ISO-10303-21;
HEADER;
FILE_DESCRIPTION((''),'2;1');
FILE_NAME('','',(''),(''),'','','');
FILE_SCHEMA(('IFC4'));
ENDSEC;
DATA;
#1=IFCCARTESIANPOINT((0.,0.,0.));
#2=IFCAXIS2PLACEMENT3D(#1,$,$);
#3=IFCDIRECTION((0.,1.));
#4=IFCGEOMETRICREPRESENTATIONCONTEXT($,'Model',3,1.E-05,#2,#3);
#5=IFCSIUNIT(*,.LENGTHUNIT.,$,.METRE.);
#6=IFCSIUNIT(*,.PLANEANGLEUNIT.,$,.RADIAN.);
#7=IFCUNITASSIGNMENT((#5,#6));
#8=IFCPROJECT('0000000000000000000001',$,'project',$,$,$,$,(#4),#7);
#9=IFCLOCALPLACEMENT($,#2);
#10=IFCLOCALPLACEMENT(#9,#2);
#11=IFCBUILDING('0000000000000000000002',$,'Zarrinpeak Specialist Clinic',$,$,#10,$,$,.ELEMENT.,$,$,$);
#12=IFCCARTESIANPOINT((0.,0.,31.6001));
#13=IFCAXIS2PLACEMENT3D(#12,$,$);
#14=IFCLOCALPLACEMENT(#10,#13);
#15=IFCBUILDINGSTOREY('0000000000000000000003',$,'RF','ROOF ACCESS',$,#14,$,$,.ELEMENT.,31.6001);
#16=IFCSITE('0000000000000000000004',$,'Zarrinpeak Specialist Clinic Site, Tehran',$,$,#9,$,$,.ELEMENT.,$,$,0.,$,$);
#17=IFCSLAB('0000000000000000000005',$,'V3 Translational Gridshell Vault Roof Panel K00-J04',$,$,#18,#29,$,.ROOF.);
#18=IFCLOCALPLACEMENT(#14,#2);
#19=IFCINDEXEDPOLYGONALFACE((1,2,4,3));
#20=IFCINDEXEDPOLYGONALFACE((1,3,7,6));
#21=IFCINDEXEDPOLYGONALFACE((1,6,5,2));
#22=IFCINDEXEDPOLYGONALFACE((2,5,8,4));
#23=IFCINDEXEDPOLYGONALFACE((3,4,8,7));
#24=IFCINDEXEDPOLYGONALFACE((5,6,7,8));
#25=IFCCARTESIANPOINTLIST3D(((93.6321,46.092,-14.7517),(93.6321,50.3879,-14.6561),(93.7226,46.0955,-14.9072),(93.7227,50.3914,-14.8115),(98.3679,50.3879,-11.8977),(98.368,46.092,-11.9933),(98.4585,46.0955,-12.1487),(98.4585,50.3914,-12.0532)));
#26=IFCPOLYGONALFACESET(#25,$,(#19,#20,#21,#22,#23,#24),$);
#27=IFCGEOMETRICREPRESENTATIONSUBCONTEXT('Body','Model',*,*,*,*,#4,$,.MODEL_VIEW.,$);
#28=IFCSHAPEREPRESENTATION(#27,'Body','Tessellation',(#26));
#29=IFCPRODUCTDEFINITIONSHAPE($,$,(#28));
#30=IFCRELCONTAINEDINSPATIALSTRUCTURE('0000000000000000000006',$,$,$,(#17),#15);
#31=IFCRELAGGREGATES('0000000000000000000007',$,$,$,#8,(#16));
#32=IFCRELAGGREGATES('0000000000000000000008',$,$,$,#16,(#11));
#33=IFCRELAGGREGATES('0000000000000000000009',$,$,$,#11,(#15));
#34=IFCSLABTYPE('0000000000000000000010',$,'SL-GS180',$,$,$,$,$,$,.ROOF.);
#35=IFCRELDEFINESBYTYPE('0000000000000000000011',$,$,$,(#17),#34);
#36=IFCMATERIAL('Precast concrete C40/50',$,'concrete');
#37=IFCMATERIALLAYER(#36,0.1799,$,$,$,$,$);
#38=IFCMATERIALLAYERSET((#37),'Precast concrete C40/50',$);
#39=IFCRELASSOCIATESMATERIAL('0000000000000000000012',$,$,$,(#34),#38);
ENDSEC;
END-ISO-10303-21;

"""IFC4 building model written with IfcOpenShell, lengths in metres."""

from ifc_helpers import new_model, si_unit, direction, frame, origin, place, context, subcontext, project, spatial, polyline, outline, extrude, material, layer, layer_set, type_object, element, save


model = new_model("IFC4")

# Units and contexts
model_context = context("Model", 3, precision=1e-05, world=origin(), true_north=direction((0.0, 1.0)))
body_context = subcontext(model_context, "Body", "Model", "MODEL_VIEW")
ifc_project = project(units=[si_unit("LENGTHUNIT", "METRE"), si_unit("PLANEANGLEUNIT", "RADIAN")], contexts=[model_context])

# Site, building, storey
site_placement = place(None, origin())
site = spatial("IfcSite", under=ifc_project, at=site_placement, Name="Zarrinpeak Specialist Clinic Site, Tehran", CompositionType="ELEMENT", RefElevation=0.0)
building_placement = place(site_placement, origin())
building = spatial("IfcBuilding", under=site, at=building_placement, Name="Zarrinpeak Specialist Clinic", CompositionType="ELEMENT")
storey_placement = place(building_placement, frame((0.0, 0.0, 31.6001)))
storey = spatial("IfcBuildingStorey", under=building, at=storey_placement, Name="RF", Description="ROOF ACCESS", CompositionType="ELEMENT", Elevation=31.6001)

# Slab
ifc_material_1 = material(Name="Precast concrete C40/50", Category="concrete")
ifc_layer_1 = layer(ifc_material_1, 0.1799)
ifc_layer_set_1 = layer_set([ifc_layer_1], Name="Precast concrete C40/50")
slab_type_1 = type_object("IfcSlabType", Name="SL-GS180", PredefinedType="ROOF", material=ifc_layer_set_1)
slab_1_placement = place(storey_placement, frame((93.6321, 46.092, -14.7517), z_axis=(-0.503213, -0.019222, 0.863949), x_axis=(0.864108, 0.0, 0.503306)))
element("IfcSlab", 1, at=slab_1_placement, inside=storey, type_object=slab_type_1, Name="V3 Translational Gridshell Vault Roof Panel K00-J04", PredefinedType="ROOF", context=body_context, shape_type="SweptSolid", body=[
    extrude(outline(polyline([(0.0, 0.0), (5.4807, 0.0), (5.5287, 4.2967), (0.0482, 4.2967), (0.0, 0.0)])), origin(), (0.0, 0.0, -1.0), 0.1799),
])

save(model, "model.ifc")
